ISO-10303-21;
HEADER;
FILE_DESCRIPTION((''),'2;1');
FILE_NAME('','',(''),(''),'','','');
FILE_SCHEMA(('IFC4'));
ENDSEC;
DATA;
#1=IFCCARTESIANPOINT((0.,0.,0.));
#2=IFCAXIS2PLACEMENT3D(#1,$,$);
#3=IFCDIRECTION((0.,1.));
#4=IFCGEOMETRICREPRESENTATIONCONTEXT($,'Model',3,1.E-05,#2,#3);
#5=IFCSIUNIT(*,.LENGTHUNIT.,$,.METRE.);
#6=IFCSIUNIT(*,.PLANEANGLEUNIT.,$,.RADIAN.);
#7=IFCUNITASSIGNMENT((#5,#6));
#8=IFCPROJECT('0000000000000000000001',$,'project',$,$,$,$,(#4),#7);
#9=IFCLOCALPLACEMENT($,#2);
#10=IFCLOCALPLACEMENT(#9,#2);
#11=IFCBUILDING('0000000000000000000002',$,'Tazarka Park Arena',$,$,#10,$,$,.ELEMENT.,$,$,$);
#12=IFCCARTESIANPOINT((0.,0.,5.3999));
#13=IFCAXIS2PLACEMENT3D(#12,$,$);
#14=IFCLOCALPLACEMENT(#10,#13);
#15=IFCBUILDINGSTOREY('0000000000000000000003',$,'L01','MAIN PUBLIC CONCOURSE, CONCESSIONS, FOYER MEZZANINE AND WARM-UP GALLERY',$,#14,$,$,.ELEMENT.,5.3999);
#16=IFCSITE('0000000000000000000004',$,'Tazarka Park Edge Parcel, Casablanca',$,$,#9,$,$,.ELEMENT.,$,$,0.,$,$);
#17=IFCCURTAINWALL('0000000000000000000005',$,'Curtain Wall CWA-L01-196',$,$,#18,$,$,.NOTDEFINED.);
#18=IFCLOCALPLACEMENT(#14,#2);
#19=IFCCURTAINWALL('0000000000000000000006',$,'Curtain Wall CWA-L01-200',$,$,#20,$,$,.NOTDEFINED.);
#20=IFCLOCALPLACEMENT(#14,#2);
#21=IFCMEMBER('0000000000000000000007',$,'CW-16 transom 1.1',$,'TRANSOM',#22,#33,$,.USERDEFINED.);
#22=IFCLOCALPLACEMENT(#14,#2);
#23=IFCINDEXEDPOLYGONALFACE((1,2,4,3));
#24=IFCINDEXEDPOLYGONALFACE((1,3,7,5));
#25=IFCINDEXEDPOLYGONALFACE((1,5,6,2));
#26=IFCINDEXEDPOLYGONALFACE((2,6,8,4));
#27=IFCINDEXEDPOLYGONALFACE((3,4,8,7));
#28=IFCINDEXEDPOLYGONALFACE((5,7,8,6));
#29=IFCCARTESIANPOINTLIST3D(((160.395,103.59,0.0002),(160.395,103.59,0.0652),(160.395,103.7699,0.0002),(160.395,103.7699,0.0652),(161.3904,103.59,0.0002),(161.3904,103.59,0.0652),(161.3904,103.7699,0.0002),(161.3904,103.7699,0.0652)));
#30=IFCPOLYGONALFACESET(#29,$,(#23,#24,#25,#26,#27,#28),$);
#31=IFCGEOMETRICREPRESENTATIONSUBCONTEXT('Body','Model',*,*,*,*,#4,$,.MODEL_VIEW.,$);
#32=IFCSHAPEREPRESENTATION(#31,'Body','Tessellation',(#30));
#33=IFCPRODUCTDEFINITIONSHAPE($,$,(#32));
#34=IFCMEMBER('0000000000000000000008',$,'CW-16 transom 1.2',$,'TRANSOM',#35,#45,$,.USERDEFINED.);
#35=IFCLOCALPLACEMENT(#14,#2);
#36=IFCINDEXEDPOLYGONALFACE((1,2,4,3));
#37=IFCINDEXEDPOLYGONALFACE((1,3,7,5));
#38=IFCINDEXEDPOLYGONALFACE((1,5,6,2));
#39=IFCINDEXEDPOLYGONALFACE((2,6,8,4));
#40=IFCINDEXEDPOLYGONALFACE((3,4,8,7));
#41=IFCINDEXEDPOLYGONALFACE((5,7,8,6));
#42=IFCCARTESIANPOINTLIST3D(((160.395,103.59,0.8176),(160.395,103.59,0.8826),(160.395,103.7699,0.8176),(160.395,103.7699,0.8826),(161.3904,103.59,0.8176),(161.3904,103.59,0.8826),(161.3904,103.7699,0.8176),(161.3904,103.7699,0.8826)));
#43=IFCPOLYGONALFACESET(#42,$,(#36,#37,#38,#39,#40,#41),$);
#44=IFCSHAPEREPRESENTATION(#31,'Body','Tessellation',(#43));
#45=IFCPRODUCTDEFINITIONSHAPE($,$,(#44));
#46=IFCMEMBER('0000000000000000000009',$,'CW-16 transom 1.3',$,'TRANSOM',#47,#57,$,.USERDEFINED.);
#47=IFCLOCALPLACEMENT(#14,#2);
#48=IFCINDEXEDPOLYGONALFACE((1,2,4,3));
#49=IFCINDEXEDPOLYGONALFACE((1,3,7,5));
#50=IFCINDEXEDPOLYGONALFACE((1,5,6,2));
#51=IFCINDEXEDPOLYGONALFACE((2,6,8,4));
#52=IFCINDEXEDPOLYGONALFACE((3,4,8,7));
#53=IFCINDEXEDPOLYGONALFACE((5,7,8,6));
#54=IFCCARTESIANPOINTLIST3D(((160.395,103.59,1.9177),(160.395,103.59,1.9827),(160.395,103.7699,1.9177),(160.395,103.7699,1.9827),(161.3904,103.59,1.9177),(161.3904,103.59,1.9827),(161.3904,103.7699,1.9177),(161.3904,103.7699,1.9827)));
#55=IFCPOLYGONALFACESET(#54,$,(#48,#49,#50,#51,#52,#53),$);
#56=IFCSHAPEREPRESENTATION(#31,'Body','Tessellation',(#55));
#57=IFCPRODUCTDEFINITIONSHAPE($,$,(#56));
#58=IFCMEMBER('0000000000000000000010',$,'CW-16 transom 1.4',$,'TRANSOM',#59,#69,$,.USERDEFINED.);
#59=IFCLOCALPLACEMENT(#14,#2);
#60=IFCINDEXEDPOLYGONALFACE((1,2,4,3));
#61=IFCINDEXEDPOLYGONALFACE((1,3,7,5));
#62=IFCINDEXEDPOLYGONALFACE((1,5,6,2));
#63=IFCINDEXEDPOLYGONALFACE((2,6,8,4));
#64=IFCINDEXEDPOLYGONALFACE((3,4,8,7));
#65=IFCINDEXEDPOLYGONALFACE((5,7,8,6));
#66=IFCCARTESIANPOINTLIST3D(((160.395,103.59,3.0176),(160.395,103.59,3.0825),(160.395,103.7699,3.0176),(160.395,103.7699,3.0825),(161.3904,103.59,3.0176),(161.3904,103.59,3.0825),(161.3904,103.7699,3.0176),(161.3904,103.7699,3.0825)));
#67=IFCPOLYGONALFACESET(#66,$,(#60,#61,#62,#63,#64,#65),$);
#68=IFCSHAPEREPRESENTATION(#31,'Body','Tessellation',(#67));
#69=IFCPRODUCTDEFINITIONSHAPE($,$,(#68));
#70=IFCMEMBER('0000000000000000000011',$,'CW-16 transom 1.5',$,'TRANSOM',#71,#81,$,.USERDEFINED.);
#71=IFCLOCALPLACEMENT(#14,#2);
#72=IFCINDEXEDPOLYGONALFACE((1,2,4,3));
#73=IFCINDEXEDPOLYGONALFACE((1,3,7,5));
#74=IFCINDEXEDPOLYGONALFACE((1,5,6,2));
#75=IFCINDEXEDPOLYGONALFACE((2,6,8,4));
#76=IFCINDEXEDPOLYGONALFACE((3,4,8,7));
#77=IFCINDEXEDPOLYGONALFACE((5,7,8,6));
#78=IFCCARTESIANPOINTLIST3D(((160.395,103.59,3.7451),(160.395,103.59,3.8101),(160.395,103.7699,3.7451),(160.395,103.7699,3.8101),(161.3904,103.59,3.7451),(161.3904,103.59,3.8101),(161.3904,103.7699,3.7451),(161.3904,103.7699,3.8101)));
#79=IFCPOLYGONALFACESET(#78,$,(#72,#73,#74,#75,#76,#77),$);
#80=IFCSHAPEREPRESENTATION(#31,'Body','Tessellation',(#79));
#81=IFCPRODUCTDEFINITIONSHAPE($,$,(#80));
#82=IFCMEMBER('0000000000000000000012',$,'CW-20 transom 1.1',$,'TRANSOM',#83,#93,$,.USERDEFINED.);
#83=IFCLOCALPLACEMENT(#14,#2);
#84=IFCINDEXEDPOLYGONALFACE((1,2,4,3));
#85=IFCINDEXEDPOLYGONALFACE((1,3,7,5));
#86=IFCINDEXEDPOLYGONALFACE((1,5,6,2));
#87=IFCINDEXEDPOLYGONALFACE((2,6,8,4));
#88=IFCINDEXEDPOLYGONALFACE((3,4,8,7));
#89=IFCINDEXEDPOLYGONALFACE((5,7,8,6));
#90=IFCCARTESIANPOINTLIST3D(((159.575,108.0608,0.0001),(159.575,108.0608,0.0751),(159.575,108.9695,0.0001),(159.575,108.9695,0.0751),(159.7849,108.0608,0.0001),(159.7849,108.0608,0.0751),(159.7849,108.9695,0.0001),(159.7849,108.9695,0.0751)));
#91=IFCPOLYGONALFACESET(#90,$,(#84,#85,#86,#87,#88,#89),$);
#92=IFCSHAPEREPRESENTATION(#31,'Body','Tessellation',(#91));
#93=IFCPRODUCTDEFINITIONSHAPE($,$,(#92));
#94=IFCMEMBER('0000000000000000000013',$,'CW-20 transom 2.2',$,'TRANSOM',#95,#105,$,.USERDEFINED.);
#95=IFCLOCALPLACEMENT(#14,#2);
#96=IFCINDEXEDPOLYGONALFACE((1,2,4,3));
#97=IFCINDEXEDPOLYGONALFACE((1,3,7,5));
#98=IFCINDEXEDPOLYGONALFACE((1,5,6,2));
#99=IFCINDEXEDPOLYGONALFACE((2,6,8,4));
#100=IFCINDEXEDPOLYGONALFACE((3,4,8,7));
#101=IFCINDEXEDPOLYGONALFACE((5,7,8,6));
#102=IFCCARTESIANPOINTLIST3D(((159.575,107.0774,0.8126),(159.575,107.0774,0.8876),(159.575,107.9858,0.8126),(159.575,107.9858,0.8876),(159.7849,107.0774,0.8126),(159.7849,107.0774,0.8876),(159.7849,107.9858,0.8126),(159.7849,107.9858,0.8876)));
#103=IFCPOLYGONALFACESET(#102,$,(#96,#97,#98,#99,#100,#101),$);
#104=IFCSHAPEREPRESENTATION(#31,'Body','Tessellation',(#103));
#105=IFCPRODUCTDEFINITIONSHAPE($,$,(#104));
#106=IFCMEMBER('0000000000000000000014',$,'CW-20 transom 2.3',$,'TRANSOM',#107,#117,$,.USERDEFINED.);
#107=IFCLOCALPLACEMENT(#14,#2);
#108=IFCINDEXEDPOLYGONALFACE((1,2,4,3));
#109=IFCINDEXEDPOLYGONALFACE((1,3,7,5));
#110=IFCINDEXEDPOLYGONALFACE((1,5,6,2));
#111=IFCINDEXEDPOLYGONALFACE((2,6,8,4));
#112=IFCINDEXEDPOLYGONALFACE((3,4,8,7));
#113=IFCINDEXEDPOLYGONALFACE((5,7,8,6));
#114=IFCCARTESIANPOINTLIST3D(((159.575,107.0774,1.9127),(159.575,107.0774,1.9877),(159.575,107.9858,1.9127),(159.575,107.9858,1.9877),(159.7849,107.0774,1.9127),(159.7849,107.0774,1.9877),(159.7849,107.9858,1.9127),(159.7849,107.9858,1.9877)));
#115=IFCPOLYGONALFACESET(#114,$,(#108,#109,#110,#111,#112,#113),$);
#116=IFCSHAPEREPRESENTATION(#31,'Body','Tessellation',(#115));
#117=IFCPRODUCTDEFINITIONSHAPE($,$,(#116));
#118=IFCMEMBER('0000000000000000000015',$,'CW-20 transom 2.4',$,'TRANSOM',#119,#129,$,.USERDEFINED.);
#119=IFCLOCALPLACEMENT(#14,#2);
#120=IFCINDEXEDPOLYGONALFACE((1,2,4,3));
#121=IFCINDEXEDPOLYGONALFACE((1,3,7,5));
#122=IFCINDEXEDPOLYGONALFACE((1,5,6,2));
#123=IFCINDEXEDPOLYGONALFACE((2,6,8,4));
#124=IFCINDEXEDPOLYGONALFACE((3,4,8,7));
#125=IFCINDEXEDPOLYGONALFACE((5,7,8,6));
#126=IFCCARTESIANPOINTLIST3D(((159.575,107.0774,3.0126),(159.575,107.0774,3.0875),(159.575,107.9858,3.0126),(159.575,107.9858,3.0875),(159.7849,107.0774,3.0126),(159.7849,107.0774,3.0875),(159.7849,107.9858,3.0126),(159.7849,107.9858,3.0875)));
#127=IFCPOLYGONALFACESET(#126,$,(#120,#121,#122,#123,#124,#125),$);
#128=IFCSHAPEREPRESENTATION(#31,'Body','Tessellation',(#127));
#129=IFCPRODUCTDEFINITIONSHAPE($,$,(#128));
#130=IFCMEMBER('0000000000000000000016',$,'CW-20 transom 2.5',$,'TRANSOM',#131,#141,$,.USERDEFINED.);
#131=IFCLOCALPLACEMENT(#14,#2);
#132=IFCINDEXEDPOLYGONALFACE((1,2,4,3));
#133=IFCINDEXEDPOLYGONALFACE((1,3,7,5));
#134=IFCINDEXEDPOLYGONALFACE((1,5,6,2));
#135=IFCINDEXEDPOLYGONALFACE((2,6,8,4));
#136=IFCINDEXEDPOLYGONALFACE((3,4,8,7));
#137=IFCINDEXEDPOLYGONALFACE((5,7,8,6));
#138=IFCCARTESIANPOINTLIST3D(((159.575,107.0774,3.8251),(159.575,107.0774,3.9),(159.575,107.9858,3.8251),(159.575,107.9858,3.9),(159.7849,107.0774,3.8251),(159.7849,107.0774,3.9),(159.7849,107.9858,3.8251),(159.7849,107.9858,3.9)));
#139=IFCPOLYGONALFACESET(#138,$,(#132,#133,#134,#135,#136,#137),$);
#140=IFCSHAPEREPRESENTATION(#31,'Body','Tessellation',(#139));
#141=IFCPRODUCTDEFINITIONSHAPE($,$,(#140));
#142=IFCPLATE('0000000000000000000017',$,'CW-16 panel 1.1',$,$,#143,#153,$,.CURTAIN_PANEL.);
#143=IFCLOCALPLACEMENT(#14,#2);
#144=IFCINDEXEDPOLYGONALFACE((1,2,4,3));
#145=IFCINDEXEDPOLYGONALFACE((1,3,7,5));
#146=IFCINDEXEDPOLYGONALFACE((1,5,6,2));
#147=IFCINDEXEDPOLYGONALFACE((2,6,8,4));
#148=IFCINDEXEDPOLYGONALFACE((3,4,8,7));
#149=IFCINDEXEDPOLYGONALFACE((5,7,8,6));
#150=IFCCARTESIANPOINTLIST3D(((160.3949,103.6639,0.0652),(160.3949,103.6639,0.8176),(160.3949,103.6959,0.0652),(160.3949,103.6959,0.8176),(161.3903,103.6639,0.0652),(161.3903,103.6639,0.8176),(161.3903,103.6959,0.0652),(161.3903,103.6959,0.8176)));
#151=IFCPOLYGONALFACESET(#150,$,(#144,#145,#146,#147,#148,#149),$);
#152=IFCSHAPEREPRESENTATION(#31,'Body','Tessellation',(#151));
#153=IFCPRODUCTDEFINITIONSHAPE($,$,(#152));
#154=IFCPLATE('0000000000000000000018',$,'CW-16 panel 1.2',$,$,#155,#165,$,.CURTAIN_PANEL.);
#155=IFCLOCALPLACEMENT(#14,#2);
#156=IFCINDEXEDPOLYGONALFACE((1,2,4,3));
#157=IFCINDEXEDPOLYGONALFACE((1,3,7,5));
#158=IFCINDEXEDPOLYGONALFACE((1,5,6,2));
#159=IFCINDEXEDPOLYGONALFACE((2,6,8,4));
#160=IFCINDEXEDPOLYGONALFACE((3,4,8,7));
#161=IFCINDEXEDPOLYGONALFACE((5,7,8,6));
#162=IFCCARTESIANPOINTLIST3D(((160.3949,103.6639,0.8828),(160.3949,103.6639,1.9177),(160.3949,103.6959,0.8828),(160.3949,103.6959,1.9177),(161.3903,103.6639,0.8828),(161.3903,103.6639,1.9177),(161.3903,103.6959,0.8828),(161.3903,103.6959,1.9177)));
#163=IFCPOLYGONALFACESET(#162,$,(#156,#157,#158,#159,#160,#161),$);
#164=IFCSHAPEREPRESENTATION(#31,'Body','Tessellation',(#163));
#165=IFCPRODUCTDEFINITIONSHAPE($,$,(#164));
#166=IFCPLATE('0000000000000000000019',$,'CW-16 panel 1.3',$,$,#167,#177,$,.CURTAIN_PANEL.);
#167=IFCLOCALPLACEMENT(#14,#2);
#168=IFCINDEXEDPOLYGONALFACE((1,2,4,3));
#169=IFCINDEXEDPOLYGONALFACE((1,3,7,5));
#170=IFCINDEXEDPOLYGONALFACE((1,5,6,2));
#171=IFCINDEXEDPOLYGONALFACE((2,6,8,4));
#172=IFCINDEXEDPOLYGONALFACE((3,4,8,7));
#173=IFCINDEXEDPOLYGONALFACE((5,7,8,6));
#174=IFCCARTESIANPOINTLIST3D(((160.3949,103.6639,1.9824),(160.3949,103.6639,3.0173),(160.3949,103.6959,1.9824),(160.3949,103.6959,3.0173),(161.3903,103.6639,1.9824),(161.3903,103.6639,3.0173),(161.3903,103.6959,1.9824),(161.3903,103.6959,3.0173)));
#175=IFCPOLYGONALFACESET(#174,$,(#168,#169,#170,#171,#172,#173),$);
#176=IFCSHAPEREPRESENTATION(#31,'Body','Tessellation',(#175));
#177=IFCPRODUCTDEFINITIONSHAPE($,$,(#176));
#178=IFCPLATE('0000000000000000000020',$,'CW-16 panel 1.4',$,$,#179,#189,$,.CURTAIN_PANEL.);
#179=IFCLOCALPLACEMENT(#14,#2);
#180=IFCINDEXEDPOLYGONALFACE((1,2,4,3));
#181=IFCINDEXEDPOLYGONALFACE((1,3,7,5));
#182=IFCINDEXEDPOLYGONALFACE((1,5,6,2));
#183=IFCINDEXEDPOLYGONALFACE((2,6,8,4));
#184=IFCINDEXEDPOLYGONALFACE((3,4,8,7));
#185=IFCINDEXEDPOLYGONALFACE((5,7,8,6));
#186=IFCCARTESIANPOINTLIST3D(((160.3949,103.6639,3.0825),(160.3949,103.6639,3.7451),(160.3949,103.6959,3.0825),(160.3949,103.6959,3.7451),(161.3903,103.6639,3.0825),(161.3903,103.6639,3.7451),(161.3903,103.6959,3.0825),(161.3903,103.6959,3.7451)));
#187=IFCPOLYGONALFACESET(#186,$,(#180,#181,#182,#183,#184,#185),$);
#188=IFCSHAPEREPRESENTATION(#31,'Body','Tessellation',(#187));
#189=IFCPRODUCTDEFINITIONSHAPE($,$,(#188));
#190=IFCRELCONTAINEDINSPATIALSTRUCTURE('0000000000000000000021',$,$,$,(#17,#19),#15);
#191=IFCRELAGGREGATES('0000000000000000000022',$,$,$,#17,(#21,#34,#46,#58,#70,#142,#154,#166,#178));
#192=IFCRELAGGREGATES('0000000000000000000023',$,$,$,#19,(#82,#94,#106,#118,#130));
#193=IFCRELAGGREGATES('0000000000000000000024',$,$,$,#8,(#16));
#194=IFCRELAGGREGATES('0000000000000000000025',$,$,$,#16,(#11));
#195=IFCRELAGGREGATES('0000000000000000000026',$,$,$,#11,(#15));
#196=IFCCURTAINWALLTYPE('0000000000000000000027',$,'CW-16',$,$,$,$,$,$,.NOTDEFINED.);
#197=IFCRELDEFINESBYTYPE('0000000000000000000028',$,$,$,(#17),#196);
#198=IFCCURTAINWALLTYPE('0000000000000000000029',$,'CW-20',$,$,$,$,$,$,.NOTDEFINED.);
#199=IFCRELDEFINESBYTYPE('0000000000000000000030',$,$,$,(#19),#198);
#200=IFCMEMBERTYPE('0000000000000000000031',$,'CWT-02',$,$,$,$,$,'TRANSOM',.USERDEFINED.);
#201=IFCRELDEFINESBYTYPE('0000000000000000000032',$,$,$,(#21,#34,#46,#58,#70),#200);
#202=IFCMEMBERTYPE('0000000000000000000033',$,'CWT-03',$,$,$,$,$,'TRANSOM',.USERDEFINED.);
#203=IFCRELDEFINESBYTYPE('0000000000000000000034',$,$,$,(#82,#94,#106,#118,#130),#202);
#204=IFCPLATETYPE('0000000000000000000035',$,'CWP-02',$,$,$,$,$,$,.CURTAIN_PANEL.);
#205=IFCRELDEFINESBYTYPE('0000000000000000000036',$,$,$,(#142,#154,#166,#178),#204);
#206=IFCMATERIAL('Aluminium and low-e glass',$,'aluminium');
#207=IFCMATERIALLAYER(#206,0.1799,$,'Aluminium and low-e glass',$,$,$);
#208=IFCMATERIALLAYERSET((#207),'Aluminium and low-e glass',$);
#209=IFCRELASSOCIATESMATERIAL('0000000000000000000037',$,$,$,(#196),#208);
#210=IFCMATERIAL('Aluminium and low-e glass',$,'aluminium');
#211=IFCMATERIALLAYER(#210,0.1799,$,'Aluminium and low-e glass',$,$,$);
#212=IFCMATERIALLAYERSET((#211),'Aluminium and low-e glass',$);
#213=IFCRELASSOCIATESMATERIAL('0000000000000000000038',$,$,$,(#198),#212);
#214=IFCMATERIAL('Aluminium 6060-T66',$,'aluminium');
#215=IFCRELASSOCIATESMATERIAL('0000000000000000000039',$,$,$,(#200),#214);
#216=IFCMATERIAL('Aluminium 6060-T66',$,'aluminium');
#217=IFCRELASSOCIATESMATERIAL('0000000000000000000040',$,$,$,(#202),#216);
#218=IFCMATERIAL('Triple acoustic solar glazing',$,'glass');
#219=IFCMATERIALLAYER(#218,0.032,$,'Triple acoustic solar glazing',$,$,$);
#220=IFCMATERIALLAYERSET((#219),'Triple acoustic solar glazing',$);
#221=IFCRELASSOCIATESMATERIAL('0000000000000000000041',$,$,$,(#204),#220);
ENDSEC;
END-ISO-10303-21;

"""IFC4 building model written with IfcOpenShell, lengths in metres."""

from ifc_helpers import new_model, si_unit, direction, frame, origin, origin_2d, place, context, subcontext, project, spatial, rectangle, extrude, material, layer, layer_set, material_profile, profile_set, type_object, element, aggregate, save


model = new_model("IFC4")

# Units and contexts
model_context = context("Model", 3, precision=1e-05, world=origin(), true_north=direction((0.0, 1.0)))
body_context = subcontext(model_context, "Body", "Model", "MODEL_VIEW")
ifc_project = project(units=[si_unit("LENGTHUNIT", "METRE"), si_unit("PLANEANGLEUNIT", "RADIAN")], contexts=[model_context])

# Site, building, storey
site_placement = place(None, origin())
site = spatial("IfcSite", under=ifc_project, at=site_placement, Name="Tazarka Park Edge Parcel, Casablanca", CompositionType="ELEMENT", RefElevation=0.0)
building_placement = place(site_placement, origin())
building = spatial("IfcBuilding", under=site, at=building_placement, Name="Tazarka Park Arena", CompositionType="ELEMENT")
storey_placement = place(building_placement, frame((0.0, 0.0, 5.3999)))
storey = spatial("IfcBuildingStorey", under=building, at=storey_placement, Name="L01", Description="MAIN PUBLIC CONCOURSE, CONCESSIONS, FOYER MEZZANINE AND WARM-UP GALLERY", CompositionType="ELEMENT", Elevation=5.3999)

# Curtain wall
ifc_material_1 = material(Name="Aluminium and low-e glass", Category="aluminium")
ifc_layer_1 = layer(ifc_material_1, 0.1799, Name="Aluminium and low-e glass")
ifc_layer_set_1 = layer_set([ifc_layer_1], Name="Aluminium and low-e glass")
curtain_wall_type_1 = type_object("IfcCurtainWallType", Name="CW-16", PredefinedType="NOTDEFINED", material=ifc_layer_set_1)
curtain_wall_1_placement = place(storey_placement, origin())
curtain_wall_1 = element("IfcCurtainWall", 1, at=curtain_wall_1_placement, inside=storey, type_object=curtain_wall_type_1, Name="Curtain Wall CWA-L01-196", PredefinedType="NOTDEFINED")

# Curtain wall
ifc_material_2 = material(Name="Aluminium and low-e glass", Category="aluminium")
ifc_layer_2 = layer(ifc_material_2, 0.1799, Name="Aluminium and low-e glass")
ifc_layer_set_2 = layer_set([ifc_layer_2], Name="Aluminium and low-e glass")
curtain_wall_type_2 = type_object("IfcCurtainWallType", Name="CW-20", PredefinedType="NOTDEFINED", material=ifc_layer_set_2)
curtain_wall_2_placement = place(storey_placement, origin())
curtain_wall_2 = element("IfcCurtainWall", 2, at=curtain_wall_2_placement, inside=storey, type_object=curtain_wall_type_2, Name="Curtain Wall CWA-L01-200", PredefinedType="NOTDEFINED")

# Members
ifc_material_3 = material(Name="Aluminium 6060-T66", Category="aluminium")
ifc_material_profile_1 = material_profile(ifc_material_3, rectangle(XDim=0.1799, YDim=0.0649, at=origin_2d()), Name="Aluminium 6060-T66")
ifc_profile_set_1 = profile_set([ifc_material_profile_1], Name="Aluminium 6060-T66")
member_type_1 = type_object("IfcMemberType", Name="CWT-02", ElementType="TRANSOM", PredefinedType="USERDEFINED", material=ifc_profile_set_1)
member_1_placement = place(storey_placement, frame((160.395, 103.6799, 0.0327), z_axis=(1.0, 0.0, 0.0), x_axis=(0.0, 1.0, 0.0)))
member_1 = element("IfcMember", 3, at=member_1_placement, type_object=member_type_1, Name="CW-16 transom 1.1", ObjectType="TRANSOM", PredefinedType="USERDEFINED", context=body_context, shape_type="SweptSolid", body=[
    extrude(rectangle(XDim=0.1799, YDim=0.0649, at=origin_2d()), origin(), (0.0, 0.0, 1.0), 0.9954),
])
member_2_placement = place(storey_placement, frame((160.395, 103.6799, 0.8501), z_axis=(1.0, 0.0, 0.0), x_axis=(0.0, 1.0, 0.0)))
member_2 = element("IfcMember", 4, at=member_2_placement, type_object=member_type_1, Name="CW-16 transom 1.2", ObjectType="TRANSOM", PredefinedType="USERDEFINED", context=body_context, shape_type="SweptSolid", body=[
    extrude(rectangle(XDim=0.1799, YDim=0.0649, at=origin_2d()), origin(), (0.0, 0.0, 1.0), 0.9954),
])
member_3_placement = place(storey_placement, frame((160.395, 103.6799, 1.9502), z_axis=(1.0, 0.0, 0.0), x_axis=(0.0, 1.0, 0.0)))
member_3 = element("IfcMember", 5, at=member_3_placement, type_object=member_type_1, Name="CW-16 transom 1.3", ObjectType="TRANSOM", PredefinedType="USERDEFINED", context=body_context, shape_type="SweptSolid", body=[
    extrude(rectangle(XDim=0.1799, YDim=0.0649, at=origin_2d()), origin(), (0.0, 0.0, 1.0), 0.9954),
])
member_4_placement = place(storey_placement, frame((160.395, 103.6799, 3.05), z_axis=(1.0, 0.0, 0.0), x_axis=(0.0, 1.0, 0.0)))
member_4 = element("IfcMember", 6, at=member_4_placement, type_object=member_type_1, Name="CW-16 transom 1.4", ObjectType="TRANSOM", PredefinedType="USERDEFINED", context=body_context, shape_type="SweptSolid", body=[
    extrude(rectangle(XDim=0.1799, YDim=0.0649, at=origin_2d()), origin(), (0.0, 0.0, 1.0), 0.9954),
])
member_5_placement = place(storey_placement, frame((160.395, 103.6799, 3.7776), z_axis=(1.0, 0.0, 0.0), x_axis=(0.0, 1.0, 0.0)))
member_5 = element("IfcMember", 7, at=member_5_placement, type_object=member_type_1, Name="CW-16 transom 1.5", ObjectType="TRANSOM", PredefinedType="USERDEFINED", context=body_context, shape_type="SweptSolid", body=[
    extrude(rectangle(XDim=0.1799, YDim=0.0649, at=origin_2d()), origin(), (0.0, 0.0, 1.0), 0.9954),
])
ifc_material_4 = material(Name="Aluminium 6060-T66", Category="aluminium")
ifc_material_profile_2 = material_profile(ifc_material_4, rectangle(XDim=0.21, YDim=0.075, at=origin_2d()), Name="Aluminium 6060-T66")
ifc_profile_set_2 = profile_set([ifc_material_profile_2], Name="Aluminium 6060-T66")
member_type_2 = type_object("IfcMemberType", Name="CWT-03", ElementType="TRANSOM", PredefinedType="USERDEFINED", material=ifc_profile_set_2)
member_6_placement = place(storey_placement, frame((159.6799, 108.9695, 0.0376), z_axis=(0.0, -1.0, 0.0), x_axis=(1.0, 0.0, 0.0)))
member_6 = element("IfcMember", 8, at=member_6_placement, type_object=member_type_2, Name="CW-20 transom 1.1", ObjectType="TRANSOM", PredefinedType="USERDEFINED", context=body_context, shape_type="SweptSolid", body=[
    extrude(rectangle(XDim=0.21, YDim=0.075, at=origin_2d()), origin(), (0.0, 0.0, 1.0), 0.9087),
])
member_7_placement = place(storey_placement, frame((159.6799, 107.9858, 0.8501), z_axis=(0.0, -1.0, 0.0), x_axis=(1.0, 0.0, 0.0)))
member_7 = element("IfcMember", 9, at=member_7_placement, type_object=member_type_2, Name="CW-20 transom 2.2", ObjectType="TRANSOM", PredefinedType="USERDEFINED", context=body_context, shape_type="SweptSolid", body=[
    extrude(rectangle(XDim=0.21, YDim=0.075, at=origin_2d()), origin(), (0.0, 0.0, 1.0), 0.9084),
])
member_8_placement = place(storey_placement, frame((159.6799, 107.9858, 1.9502), z_axis=(0.0, -1.0, 0.0), x_axis=(1.0, 0.0, 0.0)))
member_8 = element("IfcMember", 10, at=member_8_placement, type_object=member_type_2, Name="CW-20 transom 2.3", ObjectType="TRANSOM", PredefinedType="USERDEFINED", context=body_context, shape_type="SweptSolid", body=[
    extrude(rectangle(XDim=0.21, YDim=0.075, at=origin_2d()), origin(), (0.0, 0.0, 1.0), 0.9084),
])
member_9_placement = place(storey_placement, frame((159.6799, 107.9858, 3.05), z_axis=(0.0, -1.0, 0.0), x_axis=(1.0, 0.0, 0.0)))
member_9 = element("IfcMember", 11, at=member_9_placement, type_object=member_type_2, Name="CW-20 transom 2.4", ObjectType="TRANSOM", PredefinedType="USERDEFINED", context=body_context, shape_type="SweptSolid", body=[
    extrude(rectangle(XDim=0.21, YDim=0.075, at=origin_2d()), origin(), (0.0, 0.0, 1.0), 0.9084),
])
member_10_placement = place(storey_placement, frame((159.6799, 107.9858, 3.8625), z_axis=(0.0, -1.0, 0.0), x_axis=(1.0, 0.0, 0.0)))
member_10 = element("IfcMember", 12, at=member_10_placement, type_object=member_type_2, Name="CW-20 transom 2.5", ObjectType="TRANSOM", PredefinedType="USERDEFINED", context=body_context, shape_type="SweptSolid", body=[
    extrude(rectangle(XDim=0.21, YDim=0.075, at=origin_2d()), origin(), (0.0, 0.0, 1.0), 0.9084),
])

# Plates
ifc_material_5 = material(Name="Triple acoustic solar glazing", Category="glass")
ifc_layer_3 = layer(ifc_material_5, 0.032, Name="Triple acoustic solar glazing")
ifc_layer_set_3 = layer_set([ifc_layer_3], Name="Triple acoustic solar glazing")
plate_type_1 = type_object("IfcPlateType", Name="CWP-02", PredefinedType="CURTAIN_PANEL", material=ifc_layer_set_3)
plate_1_placement = place(storey_placement, frame((160.8926, 103.6799, 0.0652), z_axis=(0.0, 0.0, 1.0), x_axis=(1.0, 0.0, 0.0)))
plate_1 = element("IfcPlate", 13, at=plate_1_placement, type_object=plate_type_1, Name="CW-16 panel 1.1", PredefinedType="CURTAIN_PANEL", context=body_context, shape_type="SweptSolid", body=[
    extrude(rectangle(XDim=0.9954, YDim=0.032, at=origin_2d()), origin(), (0.0, 0.0, 1.0), 0.7524),
])
plate_2_placement = place(storey_placement, frame((160.8926, 103.6799, 0.8828), z_axis=(0.0, 0.0, 1.0), x_axis=(1.0, 0.0, 0.0)))
plate_2 = element("IfcPlate", 14, at=plate_2_placement, type_object=plate_type_1, Name="CW-16 panel 1.2", PredefinedType="CURTAIN_PANEL", context=body_context, shape_type="SweptSolid", body=[
    extrude(rectangle(XDim=0.9954, YDim=0.032, at=origin_2d()), origin(), (0.0, 0.0, 1.0), 1.0349),
])
plate_3_placement = place(storey_placement, frame((160.8926, 103.6799, 1.9824), z_axis=(0.0, 0.0, 1.0), x_axis=(1.0, 0.0, 0.0)))
plate_3 = element("IfcPlate", 15, at=plate_3_placement, type_object=plate_type_1, Name="CW-16 panel 1.3", PredefinedType="CURTAIN_PANEL", context=body_context, shape_type="SweptSolid", body=[
    extrude(rectangle(XDim=0.9954, YDim=0.032, at=origin_2d()), origin(), (0.0, 0.0, 1.0), 1.0349),
])
plate_4_placement = place(storey_placement, frame((160.8926, 103.6799, 3.0825), z_axis=(0.0, 0.0, 1.0), x_axis=(1.0, 0.0, 0.0)))
plate_4 = element("IfcPlate", 16, at=plate_4_placement, type_object=plate_type_1, Name="CW-16 panel 1.4", PredefinedType="CURTAIN_PANEL", context=body_context, shape_type="SweptSolid", body=[
    extrude(rectangle(XDim=0.9954, YDim=0.032, at=origin_2d()), origin(), (0.0, 0.0, 1.0), 0.6626),
])
aggregate(curtain_wall_1, [member_1, member_2, member_3, member_4, member_5, plate_1, plate_2, plate_3, plate_4])
aggregate(curtain_wall_2, [member_6, member_7, member_8, member_9, member_10])

save(model, "model.ifc")
